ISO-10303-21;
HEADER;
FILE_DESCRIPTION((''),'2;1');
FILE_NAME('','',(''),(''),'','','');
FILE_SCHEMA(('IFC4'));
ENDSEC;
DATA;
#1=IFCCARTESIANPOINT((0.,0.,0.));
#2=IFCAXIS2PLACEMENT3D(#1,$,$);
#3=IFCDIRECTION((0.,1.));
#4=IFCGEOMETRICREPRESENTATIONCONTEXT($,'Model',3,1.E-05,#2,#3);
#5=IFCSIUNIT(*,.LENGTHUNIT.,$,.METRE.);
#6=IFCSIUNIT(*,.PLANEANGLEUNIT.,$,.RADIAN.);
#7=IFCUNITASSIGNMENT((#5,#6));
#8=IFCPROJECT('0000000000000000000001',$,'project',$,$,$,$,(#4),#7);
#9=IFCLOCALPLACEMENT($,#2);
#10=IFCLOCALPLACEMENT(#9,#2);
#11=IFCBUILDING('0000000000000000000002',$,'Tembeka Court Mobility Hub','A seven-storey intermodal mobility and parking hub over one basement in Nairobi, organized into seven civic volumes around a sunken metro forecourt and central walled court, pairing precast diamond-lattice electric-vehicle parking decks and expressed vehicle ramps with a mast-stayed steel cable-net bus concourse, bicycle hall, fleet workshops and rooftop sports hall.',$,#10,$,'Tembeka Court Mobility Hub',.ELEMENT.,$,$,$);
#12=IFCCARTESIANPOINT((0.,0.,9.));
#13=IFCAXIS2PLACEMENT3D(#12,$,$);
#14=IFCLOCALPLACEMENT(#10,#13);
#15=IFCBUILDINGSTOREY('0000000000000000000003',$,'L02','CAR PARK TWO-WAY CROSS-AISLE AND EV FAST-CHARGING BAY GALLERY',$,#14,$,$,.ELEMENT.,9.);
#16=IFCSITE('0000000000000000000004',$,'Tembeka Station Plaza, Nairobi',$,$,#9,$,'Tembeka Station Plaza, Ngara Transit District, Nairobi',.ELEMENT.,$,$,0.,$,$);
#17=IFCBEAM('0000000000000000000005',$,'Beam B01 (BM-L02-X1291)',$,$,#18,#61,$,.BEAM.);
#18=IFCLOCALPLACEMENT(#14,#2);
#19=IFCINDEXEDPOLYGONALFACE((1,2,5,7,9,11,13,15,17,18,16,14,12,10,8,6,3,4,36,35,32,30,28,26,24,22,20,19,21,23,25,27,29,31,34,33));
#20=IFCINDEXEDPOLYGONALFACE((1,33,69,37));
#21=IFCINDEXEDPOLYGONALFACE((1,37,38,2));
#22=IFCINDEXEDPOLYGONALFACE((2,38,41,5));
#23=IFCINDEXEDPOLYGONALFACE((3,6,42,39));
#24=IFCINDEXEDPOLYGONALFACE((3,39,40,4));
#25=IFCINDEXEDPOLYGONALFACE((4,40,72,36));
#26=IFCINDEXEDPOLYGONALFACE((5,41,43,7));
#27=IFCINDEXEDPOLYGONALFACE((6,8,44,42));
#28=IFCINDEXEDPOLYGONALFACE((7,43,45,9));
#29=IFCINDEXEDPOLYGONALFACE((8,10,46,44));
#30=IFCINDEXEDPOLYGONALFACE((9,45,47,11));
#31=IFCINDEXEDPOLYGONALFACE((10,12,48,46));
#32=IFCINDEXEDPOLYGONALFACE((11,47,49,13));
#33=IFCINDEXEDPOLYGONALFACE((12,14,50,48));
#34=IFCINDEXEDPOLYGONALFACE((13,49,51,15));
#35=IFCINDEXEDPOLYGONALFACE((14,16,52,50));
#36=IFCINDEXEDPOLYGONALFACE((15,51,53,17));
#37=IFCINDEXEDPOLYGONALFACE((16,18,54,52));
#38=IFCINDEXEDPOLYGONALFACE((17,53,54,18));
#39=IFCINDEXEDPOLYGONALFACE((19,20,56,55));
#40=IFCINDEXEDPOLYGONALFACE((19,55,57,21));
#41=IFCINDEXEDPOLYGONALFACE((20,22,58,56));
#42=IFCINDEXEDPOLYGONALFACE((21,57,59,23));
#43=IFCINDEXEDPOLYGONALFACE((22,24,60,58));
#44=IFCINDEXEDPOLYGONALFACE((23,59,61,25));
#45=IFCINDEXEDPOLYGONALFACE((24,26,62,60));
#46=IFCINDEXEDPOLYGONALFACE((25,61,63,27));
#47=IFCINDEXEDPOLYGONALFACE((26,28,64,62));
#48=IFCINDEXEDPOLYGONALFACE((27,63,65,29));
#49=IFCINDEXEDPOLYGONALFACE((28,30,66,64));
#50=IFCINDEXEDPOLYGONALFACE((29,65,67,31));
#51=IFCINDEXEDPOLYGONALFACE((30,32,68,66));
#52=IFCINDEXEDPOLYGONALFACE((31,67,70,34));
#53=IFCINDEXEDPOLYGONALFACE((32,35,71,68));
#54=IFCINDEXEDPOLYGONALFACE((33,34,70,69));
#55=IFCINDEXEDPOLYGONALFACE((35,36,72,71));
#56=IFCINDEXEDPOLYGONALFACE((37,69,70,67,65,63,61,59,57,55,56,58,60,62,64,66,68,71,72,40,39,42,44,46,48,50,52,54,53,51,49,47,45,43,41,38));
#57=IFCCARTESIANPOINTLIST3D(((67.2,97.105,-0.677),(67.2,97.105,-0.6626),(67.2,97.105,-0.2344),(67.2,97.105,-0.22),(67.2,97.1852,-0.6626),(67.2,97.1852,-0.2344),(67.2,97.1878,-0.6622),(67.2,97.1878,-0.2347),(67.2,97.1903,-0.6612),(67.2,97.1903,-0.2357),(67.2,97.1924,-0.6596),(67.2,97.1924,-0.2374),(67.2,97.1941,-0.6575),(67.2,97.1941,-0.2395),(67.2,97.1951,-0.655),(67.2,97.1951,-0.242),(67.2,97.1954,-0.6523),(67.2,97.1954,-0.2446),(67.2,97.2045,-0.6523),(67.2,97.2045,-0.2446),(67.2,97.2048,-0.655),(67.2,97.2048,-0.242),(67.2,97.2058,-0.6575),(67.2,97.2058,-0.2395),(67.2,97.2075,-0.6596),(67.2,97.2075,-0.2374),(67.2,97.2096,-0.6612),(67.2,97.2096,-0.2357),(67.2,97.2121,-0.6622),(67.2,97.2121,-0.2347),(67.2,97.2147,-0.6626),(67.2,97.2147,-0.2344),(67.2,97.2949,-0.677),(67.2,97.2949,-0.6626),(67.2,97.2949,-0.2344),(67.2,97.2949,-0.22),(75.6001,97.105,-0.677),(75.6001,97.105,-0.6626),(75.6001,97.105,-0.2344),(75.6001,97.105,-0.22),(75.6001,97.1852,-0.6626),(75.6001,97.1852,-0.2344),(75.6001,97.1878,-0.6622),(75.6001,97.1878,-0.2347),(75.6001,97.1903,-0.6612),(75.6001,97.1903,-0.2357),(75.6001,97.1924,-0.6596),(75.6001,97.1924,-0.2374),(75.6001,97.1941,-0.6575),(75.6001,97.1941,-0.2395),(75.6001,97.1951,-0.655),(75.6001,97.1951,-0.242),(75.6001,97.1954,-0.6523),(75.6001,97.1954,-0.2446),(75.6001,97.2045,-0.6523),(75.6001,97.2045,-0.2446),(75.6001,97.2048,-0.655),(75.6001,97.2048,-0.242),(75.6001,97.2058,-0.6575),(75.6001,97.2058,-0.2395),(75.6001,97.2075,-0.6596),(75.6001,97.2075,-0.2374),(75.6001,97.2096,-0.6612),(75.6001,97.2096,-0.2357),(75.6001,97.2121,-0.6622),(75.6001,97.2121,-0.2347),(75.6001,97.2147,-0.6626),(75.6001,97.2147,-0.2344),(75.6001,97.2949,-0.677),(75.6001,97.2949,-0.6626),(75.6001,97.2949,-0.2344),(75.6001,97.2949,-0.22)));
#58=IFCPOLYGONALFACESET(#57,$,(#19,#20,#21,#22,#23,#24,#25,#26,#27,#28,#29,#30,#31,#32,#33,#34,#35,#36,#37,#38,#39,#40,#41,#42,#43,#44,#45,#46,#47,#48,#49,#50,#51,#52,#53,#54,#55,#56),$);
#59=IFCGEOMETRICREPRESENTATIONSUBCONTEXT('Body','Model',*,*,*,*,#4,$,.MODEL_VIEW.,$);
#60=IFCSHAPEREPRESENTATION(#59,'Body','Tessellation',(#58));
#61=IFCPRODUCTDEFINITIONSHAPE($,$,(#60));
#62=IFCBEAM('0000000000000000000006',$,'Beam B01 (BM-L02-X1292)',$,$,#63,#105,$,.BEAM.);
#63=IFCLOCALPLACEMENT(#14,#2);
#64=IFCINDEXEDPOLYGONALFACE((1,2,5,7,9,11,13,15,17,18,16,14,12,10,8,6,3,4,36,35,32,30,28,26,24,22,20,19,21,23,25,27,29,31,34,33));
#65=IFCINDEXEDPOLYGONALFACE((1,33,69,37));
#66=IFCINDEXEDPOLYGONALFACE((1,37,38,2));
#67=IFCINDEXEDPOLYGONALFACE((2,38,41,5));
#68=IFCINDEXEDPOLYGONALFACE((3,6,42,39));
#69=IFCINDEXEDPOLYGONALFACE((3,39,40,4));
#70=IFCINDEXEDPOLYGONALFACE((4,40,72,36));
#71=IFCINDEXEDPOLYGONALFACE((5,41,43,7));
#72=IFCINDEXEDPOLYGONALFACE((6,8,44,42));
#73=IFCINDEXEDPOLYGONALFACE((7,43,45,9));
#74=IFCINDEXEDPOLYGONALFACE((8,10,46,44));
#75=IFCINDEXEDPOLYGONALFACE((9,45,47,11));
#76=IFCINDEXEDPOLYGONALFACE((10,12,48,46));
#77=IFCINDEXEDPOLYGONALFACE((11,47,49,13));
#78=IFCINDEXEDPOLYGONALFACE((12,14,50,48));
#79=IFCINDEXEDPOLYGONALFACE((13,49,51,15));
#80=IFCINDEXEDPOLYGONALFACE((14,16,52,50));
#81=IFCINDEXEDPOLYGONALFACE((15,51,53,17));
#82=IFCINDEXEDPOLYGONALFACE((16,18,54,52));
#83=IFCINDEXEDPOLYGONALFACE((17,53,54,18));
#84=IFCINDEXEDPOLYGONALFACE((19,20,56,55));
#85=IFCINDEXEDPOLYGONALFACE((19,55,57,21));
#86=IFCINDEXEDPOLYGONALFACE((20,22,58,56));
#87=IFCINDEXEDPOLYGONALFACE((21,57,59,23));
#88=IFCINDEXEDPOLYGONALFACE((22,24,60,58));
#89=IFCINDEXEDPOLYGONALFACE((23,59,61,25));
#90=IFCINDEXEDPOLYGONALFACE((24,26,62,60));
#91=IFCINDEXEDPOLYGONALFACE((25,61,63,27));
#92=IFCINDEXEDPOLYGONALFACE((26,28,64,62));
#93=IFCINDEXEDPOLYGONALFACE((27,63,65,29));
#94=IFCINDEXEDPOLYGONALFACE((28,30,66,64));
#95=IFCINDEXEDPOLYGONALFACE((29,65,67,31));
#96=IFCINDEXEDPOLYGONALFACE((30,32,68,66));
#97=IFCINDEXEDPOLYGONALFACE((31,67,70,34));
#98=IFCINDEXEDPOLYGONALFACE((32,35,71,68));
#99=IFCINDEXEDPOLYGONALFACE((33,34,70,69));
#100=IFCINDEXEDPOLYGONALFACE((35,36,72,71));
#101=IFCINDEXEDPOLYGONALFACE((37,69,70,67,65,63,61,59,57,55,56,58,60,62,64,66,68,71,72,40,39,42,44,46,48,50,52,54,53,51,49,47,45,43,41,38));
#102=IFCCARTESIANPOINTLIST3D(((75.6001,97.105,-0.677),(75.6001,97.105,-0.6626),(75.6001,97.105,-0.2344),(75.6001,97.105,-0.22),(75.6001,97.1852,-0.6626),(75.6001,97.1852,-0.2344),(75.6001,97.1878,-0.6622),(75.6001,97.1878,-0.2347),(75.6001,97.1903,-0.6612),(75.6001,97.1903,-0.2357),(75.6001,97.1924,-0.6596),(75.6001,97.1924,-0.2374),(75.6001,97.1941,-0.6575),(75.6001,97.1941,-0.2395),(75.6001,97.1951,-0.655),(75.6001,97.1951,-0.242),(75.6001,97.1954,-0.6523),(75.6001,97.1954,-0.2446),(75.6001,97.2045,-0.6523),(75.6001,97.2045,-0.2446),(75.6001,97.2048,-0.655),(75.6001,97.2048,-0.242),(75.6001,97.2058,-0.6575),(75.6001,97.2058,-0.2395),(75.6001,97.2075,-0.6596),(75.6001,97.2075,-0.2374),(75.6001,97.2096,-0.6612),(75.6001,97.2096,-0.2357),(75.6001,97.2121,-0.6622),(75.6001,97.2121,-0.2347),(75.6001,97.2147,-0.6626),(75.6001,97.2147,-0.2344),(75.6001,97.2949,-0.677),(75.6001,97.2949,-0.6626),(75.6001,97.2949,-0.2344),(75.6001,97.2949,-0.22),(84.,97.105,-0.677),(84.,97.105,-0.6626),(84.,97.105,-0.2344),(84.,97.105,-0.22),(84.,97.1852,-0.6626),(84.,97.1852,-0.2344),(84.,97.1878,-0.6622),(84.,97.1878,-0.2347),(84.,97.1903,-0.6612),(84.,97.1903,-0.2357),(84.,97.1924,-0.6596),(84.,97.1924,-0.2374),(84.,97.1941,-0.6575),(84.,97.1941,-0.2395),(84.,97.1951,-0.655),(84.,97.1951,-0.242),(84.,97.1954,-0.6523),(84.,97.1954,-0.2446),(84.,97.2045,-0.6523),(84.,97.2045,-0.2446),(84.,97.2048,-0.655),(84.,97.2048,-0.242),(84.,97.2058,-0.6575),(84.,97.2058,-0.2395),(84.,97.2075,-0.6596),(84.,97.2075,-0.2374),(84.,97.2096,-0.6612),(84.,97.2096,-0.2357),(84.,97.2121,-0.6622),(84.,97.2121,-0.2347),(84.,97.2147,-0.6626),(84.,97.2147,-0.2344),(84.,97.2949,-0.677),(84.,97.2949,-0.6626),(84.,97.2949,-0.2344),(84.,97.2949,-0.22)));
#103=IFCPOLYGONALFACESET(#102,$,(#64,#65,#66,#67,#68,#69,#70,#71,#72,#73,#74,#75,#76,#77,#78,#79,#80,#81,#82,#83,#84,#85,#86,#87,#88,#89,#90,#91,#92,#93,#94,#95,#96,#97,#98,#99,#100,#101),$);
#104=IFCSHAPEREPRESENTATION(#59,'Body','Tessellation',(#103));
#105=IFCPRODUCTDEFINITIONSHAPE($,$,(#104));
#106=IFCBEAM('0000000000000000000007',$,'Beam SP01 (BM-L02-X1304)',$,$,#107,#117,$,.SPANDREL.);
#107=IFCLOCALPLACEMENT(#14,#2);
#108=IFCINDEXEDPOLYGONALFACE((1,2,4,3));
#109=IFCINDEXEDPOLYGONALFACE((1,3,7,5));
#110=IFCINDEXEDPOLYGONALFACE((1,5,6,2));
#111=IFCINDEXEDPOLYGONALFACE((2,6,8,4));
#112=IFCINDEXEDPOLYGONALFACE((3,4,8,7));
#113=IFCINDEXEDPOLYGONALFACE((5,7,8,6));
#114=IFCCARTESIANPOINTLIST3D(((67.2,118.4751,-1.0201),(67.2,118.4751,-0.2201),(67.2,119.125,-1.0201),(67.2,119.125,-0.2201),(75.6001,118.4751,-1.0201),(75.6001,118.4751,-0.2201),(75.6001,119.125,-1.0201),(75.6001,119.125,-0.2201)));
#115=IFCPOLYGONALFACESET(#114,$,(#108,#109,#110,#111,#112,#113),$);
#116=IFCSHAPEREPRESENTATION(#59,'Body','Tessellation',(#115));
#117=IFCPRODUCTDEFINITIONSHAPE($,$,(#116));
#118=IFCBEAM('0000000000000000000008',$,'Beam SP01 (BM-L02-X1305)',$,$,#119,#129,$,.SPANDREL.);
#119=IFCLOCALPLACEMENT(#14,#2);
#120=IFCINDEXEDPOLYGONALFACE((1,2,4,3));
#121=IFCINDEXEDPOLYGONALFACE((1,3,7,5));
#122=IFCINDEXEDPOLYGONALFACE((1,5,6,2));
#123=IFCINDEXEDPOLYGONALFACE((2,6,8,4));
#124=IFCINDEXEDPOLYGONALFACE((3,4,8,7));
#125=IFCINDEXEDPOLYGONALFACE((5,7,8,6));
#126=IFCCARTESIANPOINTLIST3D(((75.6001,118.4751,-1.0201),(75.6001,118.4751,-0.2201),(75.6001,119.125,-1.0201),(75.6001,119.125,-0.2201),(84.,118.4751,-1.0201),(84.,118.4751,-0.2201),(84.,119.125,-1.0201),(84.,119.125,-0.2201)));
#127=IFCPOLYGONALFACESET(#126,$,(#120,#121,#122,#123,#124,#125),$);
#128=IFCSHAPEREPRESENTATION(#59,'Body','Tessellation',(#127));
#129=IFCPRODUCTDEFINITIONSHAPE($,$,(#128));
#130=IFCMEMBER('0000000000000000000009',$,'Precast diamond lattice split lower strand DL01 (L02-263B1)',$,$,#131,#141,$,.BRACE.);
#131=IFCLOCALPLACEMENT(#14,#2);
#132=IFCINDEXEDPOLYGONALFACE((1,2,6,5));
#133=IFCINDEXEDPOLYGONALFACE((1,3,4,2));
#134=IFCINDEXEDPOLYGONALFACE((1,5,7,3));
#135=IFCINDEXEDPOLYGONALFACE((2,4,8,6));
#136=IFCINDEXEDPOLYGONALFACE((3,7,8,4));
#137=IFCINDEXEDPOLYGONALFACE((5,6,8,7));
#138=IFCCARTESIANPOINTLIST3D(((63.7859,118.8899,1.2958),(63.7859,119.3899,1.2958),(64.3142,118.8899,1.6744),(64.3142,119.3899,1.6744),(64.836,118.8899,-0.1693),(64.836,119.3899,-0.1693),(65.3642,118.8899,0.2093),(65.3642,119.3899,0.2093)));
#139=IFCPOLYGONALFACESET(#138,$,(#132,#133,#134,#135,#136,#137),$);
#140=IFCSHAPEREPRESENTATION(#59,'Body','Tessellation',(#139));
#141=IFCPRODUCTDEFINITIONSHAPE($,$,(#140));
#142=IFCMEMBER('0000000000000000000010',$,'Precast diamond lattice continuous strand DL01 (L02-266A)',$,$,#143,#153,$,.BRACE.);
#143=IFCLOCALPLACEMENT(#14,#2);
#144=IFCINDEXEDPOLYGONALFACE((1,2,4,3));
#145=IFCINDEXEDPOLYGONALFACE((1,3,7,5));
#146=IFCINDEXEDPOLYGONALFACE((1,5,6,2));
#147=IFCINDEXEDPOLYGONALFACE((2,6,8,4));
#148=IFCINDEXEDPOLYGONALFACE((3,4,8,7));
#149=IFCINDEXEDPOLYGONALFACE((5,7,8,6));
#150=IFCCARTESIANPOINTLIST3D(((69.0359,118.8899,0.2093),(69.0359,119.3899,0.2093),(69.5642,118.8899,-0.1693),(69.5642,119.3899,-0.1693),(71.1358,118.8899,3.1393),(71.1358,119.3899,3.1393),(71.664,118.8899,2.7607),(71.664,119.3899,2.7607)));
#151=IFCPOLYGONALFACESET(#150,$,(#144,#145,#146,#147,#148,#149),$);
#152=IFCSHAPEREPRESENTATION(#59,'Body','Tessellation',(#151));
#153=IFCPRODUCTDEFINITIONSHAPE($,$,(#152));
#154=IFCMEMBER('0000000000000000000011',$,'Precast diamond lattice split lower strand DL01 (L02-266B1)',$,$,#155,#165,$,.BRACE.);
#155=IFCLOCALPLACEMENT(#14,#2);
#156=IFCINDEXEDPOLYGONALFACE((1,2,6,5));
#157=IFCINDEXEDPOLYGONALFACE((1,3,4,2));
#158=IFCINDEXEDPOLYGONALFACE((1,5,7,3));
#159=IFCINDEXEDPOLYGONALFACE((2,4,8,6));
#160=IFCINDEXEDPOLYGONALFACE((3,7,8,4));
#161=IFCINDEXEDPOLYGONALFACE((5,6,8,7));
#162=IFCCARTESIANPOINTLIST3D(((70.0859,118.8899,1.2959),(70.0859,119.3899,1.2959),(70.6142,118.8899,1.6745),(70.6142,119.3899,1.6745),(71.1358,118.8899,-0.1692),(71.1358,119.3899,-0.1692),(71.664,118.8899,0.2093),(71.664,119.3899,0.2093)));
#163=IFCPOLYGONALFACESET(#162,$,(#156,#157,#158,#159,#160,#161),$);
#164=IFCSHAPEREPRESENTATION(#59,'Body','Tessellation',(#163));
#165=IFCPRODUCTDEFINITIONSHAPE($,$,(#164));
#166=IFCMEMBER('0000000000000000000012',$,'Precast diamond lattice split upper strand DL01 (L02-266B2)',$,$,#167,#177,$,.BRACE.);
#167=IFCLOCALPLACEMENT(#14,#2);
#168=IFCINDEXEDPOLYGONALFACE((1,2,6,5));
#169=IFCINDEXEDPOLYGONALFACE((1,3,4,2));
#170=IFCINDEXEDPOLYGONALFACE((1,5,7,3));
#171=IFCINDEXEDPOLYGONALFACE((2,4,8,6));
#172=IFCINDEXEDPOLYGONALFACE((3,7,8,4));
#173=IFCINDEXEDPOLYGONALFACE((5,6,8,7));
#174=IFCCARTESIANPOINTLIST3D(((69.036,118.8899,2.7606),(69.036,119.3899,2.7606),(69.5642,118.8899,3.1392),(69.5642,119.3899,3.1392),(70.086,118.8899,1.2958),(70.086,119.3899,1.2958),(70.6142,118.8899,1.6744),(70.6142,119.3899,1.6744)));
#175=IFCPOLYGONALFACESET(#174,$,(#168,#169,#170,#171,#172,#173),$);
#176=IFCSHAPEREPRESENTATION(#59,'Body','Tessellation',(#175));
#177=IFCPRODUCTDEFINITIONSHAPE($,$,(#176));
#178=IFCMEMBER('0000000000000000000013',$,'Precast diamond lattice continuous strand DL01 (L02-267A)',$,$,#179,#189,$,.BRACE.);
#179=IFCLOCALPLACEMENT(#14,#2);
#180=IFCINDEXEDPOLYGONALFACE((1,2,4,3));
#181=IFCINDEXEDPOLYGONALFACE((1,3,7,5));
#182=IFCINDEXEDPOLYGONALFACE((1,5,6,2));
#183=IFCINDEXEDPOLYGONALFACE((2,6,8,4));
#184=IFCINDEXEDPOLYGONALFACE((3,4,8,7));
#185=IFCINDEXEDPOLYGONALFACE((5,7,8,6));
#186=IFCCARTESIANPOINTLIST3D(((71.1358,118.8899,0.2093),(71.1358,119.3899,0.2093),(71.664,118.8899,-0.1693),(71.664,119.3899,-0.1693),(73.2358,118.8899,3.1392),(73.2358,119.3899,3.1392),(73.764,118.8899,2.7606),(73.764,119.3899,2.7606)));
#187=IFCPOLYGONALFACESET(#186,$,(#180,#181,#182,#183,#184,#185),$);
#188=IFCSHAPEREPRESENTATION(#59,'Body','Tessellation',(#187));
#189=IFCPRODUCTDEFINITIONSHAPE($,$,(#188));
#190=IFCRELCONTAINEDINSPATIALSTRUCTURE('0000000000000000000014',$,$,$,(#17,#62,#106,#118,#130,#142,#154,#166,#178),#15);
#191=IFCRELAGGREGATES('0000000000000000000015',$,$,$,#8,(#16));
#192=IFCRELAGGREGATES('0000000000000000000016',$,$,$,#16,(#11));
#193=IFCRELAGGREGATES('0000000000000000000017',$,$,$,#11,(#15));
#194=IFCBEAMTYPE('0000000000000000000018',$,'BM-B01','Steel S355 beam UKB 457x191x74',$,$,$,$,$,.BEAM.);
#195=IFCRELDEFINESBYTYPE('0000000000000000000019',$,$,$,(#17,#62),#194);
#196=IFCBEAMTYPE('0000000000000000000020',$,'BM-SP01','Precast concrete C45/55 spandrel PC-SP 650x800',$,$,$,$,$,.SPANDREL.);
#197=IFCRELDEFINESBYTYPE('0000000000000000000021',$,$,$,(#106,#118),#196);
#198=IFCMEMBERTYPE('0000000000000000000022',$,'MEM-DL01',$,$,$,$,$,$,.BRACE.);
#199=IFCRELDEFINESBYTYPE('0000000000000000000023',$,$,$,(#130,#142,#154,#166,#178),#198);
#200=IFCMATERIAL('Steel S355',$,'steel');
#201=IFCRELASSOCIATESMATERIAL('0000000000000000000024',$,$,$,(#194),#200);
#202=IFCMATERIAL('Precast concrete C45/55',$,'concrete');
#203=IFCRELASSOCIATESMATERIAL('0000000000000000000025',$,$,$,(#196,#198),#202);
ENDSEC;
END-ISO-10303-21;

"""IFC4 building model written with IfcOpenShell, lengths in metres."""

from ifc_helpers import new_model, si_unit, direction, frame, origin, origin_2d, place, context, subcontext, project, spatial, rectangle, i_section, extrude, material, material_profile, profile_set, type_object, element, save


model = new_model("IFC4")

# Units and contexts
model_context = context("Model", 3, precision=1e-05, world=origin(), true_north=direction((0.0, 1.0)))
body_context = subcontext(model_context, "Body", "Model", "MODEL_VIEW")
ifc_project = project(units=[si_unit("LENGTHUNIT", "METRE"), si_unit("PLANEANGLEUNIT", "RADIAN")], contexts=[model_context])

# Site, building, storey
site_placement = place(None, origin())
site = spatial("IfcSite", under=ifc_project, at=site_placement, Name="Tembeka Station Plaza, Nairobi", LongName="Tembeka Station Plaza, Ngara Transit District, Nairobi", CompositionType="ELEMENT", RefElevation=0.0)
building_placement = place(site_placement, origin())
building = spatial("IfcBuilding", under=site, at=building_placement, Name="Tembeka Court Mobility Hub", Description="A seven-storey intermodal mobility and parking hub over one basement in Nairobi, organized into seven civic volumes around a sunken metro forecourt and central walled court, pairing precast diamond-lattice electric-vehicle parking decks and expressed vehicle ramps with a mast-stayed steel cable-net bus concourse, bicycle hall, fleet workshops and rooftop sports hall.", LongName="Tembeka Court Mobility Hub", CompositionType="ELEMENT")
storey_placement = place(building_placement, frame((0.0, 0.0, 9.0)))
storey = spatial("IfcBuildingStorey", under=building, at=storey_placement, Name="L02", Description="CAR PARK TWO-WAY CROSS-AISLE AND EV FAST-CHARGING BAY GALLERY", CompositionType="ELEMENT", Elevation=9.0)

# Shared definitions
ifc_material_1 = material(Name="Steel S355", Category="steel")

# Beams
ifc_material_profile_1 = material_profile(ifc_material_1, i_section(OverallWidth=0.1899, OverallDepth=0.457, WebThickness=0.009, FlangeThickness=0.0144, FilletRadius=0.0103, at=origin_2d()), Name="UKB 457x191x74")
ifc_profile_set_1 = profile_set([ifc_material_profile_1], Name="Steel S355")
beam_type_1 = type_object("IfcBeamType", Name="BM-B01", Description="Steel S355 beam UKB 457x191x74", PredefinedType="BEAM", material=ifc_profile_set_1)
beam_1_placement = place(storey_placement, frame((67.2, 97.2, -0.4485), z_axis=(1.0, 0.0, 0.0), x_axis=(0.0, 1.0, 0.0)))
element("IfcBeam", 1, at=beam_1_placement, inside=storey, type_object=beam_type_1, Name="Beam B01 (BM-L02-X1291)", PredefinedType="BEAM", context=body_context, shape_type="SweptSolid", body=[
    extrude(i_section(OverallWidth=0.1899, OverallDepth=0.457, WebThickness=0.009, FlangeThickness=0.0144, FilletRadius=0.0103, at=origin_2d()), origin(), (0.0, 0.0, 1.0), 8.4001),
])
beam_2_placement = place(storey_placement, frame((75.6001, 97.2, -0.4485), z_axis=(1.0, 0.0, 0.0), x_axis=(0.0, 1.0, 0.0)))
element("IfcBeam", 2, at=beam_2_placement, inside=storey, type_object=beam_type_1, Name="Beam B01 (BM-L02-X1292)", PredefinedType="BEAM", context=body_context, shape_type="SweptSolid", body=[
    extrude(i_section(OverallWidth=0.1899, OverallDepth=0.457, WebThickness=0.009, FlangeThickness=0.0144, FilletRadius=0.0103, at=origin_2d()), origin(), (0.0, 0.0, 1.0), 8.3999),
])
ifc_material_2 = material(Name="Precast concrete C45/55", Category="concrete")
ifc_material_profile_2 = material_profile(ifc_material_2, rectangle(XDim=0.6499, YDim=0.8, at=origin_2d()), Name="PC-SP 650x800")
ifc_profile_set_2 = profile_set([ifc_material_profile_2], Name="Precast concrete C45/55")
beam_type_2 = type_object("IfcBeamType", Name="BM-SP01", Description="Precast concrete C45/55 spandrel PC-SP 650x800", PredefinedType="SPANDREL", material=ifc_profile_set_2)
beam_3_placement = place(storey_placement, frame((67.2, 118.8, -0.6201), z_axis=(1.0, 0.0, 0.0), x_axis=(0.0, 1.0, 0.0)))
element("IfcBeam", 3, at=beam_3_placement, inside=storey, type_object=beam_type_2, Name="Beam SP01 (BM-L02-X1304)", PredefinedType="SPANDREL", context=body_context, shape_type="SweptSolid", body=[
    extrude(rectangle(XDim=0.6499, YDim=0.8, at=origin_2d()), origin(), (0.0, 0.0, 1.0), 8.4001),
])
beam_4_placement = place(storey_placement, frame((75.6001, 118.8, -0.6201), z_axis=(1.0, 0.0, 0.0), x_axis=(0.0, 1.0, 0.0)))
element("IfcBeam", 4, at=beam_4_placement, inside=storey, type_object=beam_type_2, Name="Beam SP01 (BM-L02-X1305)", PredefinedType="SPANDREL", context=body_context, shape_type="SweptSolid", body=[
    extrude(rectangle(XDim=0.6499, YDim=0.8, at=origin_2d()), origin(), (0.0, 0.0, 1.0), 8.3999),
])

# Members
ifc_material_profile_3 = material_profile(ifc_material_2, rectangle(XDim=0.5, YDim=0.6499, at=origin_2d()), Name="PC-DIAG 500x650")
ifc_profile_set_3 = profile_set([ifc_material_profile_3], Name="Precast concrete C45/55")
member_type_1 = type_object("IfcMemberType", Name="MEM-DL01", PredefinedType="BRACE", material=ifc_profile_set_3)
member_1_placement = place(storey_placement, frame((65.1001, 119.1399, 0.02), z_axis=(-0.582544, 0.0, 0.812799), x_axis=(0.0, -1.0, 0.0)))
element("IfcMember", 5, at=member_1_placement, inside=storey, type_object=member_type_1, Name="Precast diamond lattice split lower strand DL01 (L02-263B1)", PredefinedType="BRACE", context=body_context, shape_type="SweptSolid", body=[
    extrude(rectangle(XDim=0.5, YDim=0.6499, at=origin_2d()), origin(), (0.0, 0.0, 1.0), 1.8025),
])
member_2_placement = place(storey_placement, frame((69.3, 119.1399, 0.02), z_axis=(0.582532, 0.0, 0.812808), x_axis=(0.0, 1.0, 0.0)))
element("IfcMember", 6, at=member_2_placement, inside=storey, type_object=member_type_1, Name="Precast diamond lattice continuous strand DL01 (L02-266A)", PredefinedType="BRACE", context=body_context, shape_type="SweptSolid", body=[
    extrude(rectangle(XDim=0.5, YDim=0.6499, at=origin_2d()), origin(), (0.0, 0.0, 1.0), 3.6047),
])
member_3_placement = place(storey_placement, frame((71.3999, 119.1399, 0.02), z_axis=(-0.582455, 0.0, 0.812863), x_axis=(0.0, -1.0, 0.0)))
element("IfcMember", 7, at=member_3_placement, inside=storey, type_object=member_type_1, Name="Precast diamond lattice split lower strand DL01 (L02-266B1)", PredefinedType="BRACE", context=body_context, shape_type="SweptSolid", body=[
    extrude(rectangle(XDim=0.5, YDim=0.6499, at=origin_2d()), origin(), (0.0, 0.0, 1.0), 1.8025),
])
member_4_placement = place(storey_placement, frame((70.3501, 119.1399, 1.4851), z_axis=(-0.582608, 0.0, 0.812753), x_axis=(0.0, -1.0, 0.0)))
element("IfcMember", 8, at=member_4_placement, inside=storey, type_object=member_type_1, Name="Precast diamond lattice split upper strand DL01 (L02-266B2)", PredefinedType="BRACE", context=body_context, shape_type="SweptSolid", body=[
    extrude(rectangle(XDim=0.5, YDim=0.6499, at=origin_2d()), origin(), (0.0, 0.0, 1.0), 1.8022),
])
member_5_placement = place(storey_placement, frame((71.3999, 119.1399, 0.02), z_axis=(0.582576, 0.0, 0.812776), x_axis=(0.0, 1.0, 0.0)))
element("IfcMember", 9, at=member_5_placement, inside=storey, type_object=member_type_1, Name="Precast diamond lattice continuous strand DL01 (L02-267A)", PredefinedType="BRACE", context=body_context, shape_type="SweptSolid", body=[
    extrude(rectangle(XDim=0.5, YDim=0.6499, at=origin_2d()), origin(), (0.0, 0.0, 1.0), 3.6047),
])

save(model, "model.ifc")
